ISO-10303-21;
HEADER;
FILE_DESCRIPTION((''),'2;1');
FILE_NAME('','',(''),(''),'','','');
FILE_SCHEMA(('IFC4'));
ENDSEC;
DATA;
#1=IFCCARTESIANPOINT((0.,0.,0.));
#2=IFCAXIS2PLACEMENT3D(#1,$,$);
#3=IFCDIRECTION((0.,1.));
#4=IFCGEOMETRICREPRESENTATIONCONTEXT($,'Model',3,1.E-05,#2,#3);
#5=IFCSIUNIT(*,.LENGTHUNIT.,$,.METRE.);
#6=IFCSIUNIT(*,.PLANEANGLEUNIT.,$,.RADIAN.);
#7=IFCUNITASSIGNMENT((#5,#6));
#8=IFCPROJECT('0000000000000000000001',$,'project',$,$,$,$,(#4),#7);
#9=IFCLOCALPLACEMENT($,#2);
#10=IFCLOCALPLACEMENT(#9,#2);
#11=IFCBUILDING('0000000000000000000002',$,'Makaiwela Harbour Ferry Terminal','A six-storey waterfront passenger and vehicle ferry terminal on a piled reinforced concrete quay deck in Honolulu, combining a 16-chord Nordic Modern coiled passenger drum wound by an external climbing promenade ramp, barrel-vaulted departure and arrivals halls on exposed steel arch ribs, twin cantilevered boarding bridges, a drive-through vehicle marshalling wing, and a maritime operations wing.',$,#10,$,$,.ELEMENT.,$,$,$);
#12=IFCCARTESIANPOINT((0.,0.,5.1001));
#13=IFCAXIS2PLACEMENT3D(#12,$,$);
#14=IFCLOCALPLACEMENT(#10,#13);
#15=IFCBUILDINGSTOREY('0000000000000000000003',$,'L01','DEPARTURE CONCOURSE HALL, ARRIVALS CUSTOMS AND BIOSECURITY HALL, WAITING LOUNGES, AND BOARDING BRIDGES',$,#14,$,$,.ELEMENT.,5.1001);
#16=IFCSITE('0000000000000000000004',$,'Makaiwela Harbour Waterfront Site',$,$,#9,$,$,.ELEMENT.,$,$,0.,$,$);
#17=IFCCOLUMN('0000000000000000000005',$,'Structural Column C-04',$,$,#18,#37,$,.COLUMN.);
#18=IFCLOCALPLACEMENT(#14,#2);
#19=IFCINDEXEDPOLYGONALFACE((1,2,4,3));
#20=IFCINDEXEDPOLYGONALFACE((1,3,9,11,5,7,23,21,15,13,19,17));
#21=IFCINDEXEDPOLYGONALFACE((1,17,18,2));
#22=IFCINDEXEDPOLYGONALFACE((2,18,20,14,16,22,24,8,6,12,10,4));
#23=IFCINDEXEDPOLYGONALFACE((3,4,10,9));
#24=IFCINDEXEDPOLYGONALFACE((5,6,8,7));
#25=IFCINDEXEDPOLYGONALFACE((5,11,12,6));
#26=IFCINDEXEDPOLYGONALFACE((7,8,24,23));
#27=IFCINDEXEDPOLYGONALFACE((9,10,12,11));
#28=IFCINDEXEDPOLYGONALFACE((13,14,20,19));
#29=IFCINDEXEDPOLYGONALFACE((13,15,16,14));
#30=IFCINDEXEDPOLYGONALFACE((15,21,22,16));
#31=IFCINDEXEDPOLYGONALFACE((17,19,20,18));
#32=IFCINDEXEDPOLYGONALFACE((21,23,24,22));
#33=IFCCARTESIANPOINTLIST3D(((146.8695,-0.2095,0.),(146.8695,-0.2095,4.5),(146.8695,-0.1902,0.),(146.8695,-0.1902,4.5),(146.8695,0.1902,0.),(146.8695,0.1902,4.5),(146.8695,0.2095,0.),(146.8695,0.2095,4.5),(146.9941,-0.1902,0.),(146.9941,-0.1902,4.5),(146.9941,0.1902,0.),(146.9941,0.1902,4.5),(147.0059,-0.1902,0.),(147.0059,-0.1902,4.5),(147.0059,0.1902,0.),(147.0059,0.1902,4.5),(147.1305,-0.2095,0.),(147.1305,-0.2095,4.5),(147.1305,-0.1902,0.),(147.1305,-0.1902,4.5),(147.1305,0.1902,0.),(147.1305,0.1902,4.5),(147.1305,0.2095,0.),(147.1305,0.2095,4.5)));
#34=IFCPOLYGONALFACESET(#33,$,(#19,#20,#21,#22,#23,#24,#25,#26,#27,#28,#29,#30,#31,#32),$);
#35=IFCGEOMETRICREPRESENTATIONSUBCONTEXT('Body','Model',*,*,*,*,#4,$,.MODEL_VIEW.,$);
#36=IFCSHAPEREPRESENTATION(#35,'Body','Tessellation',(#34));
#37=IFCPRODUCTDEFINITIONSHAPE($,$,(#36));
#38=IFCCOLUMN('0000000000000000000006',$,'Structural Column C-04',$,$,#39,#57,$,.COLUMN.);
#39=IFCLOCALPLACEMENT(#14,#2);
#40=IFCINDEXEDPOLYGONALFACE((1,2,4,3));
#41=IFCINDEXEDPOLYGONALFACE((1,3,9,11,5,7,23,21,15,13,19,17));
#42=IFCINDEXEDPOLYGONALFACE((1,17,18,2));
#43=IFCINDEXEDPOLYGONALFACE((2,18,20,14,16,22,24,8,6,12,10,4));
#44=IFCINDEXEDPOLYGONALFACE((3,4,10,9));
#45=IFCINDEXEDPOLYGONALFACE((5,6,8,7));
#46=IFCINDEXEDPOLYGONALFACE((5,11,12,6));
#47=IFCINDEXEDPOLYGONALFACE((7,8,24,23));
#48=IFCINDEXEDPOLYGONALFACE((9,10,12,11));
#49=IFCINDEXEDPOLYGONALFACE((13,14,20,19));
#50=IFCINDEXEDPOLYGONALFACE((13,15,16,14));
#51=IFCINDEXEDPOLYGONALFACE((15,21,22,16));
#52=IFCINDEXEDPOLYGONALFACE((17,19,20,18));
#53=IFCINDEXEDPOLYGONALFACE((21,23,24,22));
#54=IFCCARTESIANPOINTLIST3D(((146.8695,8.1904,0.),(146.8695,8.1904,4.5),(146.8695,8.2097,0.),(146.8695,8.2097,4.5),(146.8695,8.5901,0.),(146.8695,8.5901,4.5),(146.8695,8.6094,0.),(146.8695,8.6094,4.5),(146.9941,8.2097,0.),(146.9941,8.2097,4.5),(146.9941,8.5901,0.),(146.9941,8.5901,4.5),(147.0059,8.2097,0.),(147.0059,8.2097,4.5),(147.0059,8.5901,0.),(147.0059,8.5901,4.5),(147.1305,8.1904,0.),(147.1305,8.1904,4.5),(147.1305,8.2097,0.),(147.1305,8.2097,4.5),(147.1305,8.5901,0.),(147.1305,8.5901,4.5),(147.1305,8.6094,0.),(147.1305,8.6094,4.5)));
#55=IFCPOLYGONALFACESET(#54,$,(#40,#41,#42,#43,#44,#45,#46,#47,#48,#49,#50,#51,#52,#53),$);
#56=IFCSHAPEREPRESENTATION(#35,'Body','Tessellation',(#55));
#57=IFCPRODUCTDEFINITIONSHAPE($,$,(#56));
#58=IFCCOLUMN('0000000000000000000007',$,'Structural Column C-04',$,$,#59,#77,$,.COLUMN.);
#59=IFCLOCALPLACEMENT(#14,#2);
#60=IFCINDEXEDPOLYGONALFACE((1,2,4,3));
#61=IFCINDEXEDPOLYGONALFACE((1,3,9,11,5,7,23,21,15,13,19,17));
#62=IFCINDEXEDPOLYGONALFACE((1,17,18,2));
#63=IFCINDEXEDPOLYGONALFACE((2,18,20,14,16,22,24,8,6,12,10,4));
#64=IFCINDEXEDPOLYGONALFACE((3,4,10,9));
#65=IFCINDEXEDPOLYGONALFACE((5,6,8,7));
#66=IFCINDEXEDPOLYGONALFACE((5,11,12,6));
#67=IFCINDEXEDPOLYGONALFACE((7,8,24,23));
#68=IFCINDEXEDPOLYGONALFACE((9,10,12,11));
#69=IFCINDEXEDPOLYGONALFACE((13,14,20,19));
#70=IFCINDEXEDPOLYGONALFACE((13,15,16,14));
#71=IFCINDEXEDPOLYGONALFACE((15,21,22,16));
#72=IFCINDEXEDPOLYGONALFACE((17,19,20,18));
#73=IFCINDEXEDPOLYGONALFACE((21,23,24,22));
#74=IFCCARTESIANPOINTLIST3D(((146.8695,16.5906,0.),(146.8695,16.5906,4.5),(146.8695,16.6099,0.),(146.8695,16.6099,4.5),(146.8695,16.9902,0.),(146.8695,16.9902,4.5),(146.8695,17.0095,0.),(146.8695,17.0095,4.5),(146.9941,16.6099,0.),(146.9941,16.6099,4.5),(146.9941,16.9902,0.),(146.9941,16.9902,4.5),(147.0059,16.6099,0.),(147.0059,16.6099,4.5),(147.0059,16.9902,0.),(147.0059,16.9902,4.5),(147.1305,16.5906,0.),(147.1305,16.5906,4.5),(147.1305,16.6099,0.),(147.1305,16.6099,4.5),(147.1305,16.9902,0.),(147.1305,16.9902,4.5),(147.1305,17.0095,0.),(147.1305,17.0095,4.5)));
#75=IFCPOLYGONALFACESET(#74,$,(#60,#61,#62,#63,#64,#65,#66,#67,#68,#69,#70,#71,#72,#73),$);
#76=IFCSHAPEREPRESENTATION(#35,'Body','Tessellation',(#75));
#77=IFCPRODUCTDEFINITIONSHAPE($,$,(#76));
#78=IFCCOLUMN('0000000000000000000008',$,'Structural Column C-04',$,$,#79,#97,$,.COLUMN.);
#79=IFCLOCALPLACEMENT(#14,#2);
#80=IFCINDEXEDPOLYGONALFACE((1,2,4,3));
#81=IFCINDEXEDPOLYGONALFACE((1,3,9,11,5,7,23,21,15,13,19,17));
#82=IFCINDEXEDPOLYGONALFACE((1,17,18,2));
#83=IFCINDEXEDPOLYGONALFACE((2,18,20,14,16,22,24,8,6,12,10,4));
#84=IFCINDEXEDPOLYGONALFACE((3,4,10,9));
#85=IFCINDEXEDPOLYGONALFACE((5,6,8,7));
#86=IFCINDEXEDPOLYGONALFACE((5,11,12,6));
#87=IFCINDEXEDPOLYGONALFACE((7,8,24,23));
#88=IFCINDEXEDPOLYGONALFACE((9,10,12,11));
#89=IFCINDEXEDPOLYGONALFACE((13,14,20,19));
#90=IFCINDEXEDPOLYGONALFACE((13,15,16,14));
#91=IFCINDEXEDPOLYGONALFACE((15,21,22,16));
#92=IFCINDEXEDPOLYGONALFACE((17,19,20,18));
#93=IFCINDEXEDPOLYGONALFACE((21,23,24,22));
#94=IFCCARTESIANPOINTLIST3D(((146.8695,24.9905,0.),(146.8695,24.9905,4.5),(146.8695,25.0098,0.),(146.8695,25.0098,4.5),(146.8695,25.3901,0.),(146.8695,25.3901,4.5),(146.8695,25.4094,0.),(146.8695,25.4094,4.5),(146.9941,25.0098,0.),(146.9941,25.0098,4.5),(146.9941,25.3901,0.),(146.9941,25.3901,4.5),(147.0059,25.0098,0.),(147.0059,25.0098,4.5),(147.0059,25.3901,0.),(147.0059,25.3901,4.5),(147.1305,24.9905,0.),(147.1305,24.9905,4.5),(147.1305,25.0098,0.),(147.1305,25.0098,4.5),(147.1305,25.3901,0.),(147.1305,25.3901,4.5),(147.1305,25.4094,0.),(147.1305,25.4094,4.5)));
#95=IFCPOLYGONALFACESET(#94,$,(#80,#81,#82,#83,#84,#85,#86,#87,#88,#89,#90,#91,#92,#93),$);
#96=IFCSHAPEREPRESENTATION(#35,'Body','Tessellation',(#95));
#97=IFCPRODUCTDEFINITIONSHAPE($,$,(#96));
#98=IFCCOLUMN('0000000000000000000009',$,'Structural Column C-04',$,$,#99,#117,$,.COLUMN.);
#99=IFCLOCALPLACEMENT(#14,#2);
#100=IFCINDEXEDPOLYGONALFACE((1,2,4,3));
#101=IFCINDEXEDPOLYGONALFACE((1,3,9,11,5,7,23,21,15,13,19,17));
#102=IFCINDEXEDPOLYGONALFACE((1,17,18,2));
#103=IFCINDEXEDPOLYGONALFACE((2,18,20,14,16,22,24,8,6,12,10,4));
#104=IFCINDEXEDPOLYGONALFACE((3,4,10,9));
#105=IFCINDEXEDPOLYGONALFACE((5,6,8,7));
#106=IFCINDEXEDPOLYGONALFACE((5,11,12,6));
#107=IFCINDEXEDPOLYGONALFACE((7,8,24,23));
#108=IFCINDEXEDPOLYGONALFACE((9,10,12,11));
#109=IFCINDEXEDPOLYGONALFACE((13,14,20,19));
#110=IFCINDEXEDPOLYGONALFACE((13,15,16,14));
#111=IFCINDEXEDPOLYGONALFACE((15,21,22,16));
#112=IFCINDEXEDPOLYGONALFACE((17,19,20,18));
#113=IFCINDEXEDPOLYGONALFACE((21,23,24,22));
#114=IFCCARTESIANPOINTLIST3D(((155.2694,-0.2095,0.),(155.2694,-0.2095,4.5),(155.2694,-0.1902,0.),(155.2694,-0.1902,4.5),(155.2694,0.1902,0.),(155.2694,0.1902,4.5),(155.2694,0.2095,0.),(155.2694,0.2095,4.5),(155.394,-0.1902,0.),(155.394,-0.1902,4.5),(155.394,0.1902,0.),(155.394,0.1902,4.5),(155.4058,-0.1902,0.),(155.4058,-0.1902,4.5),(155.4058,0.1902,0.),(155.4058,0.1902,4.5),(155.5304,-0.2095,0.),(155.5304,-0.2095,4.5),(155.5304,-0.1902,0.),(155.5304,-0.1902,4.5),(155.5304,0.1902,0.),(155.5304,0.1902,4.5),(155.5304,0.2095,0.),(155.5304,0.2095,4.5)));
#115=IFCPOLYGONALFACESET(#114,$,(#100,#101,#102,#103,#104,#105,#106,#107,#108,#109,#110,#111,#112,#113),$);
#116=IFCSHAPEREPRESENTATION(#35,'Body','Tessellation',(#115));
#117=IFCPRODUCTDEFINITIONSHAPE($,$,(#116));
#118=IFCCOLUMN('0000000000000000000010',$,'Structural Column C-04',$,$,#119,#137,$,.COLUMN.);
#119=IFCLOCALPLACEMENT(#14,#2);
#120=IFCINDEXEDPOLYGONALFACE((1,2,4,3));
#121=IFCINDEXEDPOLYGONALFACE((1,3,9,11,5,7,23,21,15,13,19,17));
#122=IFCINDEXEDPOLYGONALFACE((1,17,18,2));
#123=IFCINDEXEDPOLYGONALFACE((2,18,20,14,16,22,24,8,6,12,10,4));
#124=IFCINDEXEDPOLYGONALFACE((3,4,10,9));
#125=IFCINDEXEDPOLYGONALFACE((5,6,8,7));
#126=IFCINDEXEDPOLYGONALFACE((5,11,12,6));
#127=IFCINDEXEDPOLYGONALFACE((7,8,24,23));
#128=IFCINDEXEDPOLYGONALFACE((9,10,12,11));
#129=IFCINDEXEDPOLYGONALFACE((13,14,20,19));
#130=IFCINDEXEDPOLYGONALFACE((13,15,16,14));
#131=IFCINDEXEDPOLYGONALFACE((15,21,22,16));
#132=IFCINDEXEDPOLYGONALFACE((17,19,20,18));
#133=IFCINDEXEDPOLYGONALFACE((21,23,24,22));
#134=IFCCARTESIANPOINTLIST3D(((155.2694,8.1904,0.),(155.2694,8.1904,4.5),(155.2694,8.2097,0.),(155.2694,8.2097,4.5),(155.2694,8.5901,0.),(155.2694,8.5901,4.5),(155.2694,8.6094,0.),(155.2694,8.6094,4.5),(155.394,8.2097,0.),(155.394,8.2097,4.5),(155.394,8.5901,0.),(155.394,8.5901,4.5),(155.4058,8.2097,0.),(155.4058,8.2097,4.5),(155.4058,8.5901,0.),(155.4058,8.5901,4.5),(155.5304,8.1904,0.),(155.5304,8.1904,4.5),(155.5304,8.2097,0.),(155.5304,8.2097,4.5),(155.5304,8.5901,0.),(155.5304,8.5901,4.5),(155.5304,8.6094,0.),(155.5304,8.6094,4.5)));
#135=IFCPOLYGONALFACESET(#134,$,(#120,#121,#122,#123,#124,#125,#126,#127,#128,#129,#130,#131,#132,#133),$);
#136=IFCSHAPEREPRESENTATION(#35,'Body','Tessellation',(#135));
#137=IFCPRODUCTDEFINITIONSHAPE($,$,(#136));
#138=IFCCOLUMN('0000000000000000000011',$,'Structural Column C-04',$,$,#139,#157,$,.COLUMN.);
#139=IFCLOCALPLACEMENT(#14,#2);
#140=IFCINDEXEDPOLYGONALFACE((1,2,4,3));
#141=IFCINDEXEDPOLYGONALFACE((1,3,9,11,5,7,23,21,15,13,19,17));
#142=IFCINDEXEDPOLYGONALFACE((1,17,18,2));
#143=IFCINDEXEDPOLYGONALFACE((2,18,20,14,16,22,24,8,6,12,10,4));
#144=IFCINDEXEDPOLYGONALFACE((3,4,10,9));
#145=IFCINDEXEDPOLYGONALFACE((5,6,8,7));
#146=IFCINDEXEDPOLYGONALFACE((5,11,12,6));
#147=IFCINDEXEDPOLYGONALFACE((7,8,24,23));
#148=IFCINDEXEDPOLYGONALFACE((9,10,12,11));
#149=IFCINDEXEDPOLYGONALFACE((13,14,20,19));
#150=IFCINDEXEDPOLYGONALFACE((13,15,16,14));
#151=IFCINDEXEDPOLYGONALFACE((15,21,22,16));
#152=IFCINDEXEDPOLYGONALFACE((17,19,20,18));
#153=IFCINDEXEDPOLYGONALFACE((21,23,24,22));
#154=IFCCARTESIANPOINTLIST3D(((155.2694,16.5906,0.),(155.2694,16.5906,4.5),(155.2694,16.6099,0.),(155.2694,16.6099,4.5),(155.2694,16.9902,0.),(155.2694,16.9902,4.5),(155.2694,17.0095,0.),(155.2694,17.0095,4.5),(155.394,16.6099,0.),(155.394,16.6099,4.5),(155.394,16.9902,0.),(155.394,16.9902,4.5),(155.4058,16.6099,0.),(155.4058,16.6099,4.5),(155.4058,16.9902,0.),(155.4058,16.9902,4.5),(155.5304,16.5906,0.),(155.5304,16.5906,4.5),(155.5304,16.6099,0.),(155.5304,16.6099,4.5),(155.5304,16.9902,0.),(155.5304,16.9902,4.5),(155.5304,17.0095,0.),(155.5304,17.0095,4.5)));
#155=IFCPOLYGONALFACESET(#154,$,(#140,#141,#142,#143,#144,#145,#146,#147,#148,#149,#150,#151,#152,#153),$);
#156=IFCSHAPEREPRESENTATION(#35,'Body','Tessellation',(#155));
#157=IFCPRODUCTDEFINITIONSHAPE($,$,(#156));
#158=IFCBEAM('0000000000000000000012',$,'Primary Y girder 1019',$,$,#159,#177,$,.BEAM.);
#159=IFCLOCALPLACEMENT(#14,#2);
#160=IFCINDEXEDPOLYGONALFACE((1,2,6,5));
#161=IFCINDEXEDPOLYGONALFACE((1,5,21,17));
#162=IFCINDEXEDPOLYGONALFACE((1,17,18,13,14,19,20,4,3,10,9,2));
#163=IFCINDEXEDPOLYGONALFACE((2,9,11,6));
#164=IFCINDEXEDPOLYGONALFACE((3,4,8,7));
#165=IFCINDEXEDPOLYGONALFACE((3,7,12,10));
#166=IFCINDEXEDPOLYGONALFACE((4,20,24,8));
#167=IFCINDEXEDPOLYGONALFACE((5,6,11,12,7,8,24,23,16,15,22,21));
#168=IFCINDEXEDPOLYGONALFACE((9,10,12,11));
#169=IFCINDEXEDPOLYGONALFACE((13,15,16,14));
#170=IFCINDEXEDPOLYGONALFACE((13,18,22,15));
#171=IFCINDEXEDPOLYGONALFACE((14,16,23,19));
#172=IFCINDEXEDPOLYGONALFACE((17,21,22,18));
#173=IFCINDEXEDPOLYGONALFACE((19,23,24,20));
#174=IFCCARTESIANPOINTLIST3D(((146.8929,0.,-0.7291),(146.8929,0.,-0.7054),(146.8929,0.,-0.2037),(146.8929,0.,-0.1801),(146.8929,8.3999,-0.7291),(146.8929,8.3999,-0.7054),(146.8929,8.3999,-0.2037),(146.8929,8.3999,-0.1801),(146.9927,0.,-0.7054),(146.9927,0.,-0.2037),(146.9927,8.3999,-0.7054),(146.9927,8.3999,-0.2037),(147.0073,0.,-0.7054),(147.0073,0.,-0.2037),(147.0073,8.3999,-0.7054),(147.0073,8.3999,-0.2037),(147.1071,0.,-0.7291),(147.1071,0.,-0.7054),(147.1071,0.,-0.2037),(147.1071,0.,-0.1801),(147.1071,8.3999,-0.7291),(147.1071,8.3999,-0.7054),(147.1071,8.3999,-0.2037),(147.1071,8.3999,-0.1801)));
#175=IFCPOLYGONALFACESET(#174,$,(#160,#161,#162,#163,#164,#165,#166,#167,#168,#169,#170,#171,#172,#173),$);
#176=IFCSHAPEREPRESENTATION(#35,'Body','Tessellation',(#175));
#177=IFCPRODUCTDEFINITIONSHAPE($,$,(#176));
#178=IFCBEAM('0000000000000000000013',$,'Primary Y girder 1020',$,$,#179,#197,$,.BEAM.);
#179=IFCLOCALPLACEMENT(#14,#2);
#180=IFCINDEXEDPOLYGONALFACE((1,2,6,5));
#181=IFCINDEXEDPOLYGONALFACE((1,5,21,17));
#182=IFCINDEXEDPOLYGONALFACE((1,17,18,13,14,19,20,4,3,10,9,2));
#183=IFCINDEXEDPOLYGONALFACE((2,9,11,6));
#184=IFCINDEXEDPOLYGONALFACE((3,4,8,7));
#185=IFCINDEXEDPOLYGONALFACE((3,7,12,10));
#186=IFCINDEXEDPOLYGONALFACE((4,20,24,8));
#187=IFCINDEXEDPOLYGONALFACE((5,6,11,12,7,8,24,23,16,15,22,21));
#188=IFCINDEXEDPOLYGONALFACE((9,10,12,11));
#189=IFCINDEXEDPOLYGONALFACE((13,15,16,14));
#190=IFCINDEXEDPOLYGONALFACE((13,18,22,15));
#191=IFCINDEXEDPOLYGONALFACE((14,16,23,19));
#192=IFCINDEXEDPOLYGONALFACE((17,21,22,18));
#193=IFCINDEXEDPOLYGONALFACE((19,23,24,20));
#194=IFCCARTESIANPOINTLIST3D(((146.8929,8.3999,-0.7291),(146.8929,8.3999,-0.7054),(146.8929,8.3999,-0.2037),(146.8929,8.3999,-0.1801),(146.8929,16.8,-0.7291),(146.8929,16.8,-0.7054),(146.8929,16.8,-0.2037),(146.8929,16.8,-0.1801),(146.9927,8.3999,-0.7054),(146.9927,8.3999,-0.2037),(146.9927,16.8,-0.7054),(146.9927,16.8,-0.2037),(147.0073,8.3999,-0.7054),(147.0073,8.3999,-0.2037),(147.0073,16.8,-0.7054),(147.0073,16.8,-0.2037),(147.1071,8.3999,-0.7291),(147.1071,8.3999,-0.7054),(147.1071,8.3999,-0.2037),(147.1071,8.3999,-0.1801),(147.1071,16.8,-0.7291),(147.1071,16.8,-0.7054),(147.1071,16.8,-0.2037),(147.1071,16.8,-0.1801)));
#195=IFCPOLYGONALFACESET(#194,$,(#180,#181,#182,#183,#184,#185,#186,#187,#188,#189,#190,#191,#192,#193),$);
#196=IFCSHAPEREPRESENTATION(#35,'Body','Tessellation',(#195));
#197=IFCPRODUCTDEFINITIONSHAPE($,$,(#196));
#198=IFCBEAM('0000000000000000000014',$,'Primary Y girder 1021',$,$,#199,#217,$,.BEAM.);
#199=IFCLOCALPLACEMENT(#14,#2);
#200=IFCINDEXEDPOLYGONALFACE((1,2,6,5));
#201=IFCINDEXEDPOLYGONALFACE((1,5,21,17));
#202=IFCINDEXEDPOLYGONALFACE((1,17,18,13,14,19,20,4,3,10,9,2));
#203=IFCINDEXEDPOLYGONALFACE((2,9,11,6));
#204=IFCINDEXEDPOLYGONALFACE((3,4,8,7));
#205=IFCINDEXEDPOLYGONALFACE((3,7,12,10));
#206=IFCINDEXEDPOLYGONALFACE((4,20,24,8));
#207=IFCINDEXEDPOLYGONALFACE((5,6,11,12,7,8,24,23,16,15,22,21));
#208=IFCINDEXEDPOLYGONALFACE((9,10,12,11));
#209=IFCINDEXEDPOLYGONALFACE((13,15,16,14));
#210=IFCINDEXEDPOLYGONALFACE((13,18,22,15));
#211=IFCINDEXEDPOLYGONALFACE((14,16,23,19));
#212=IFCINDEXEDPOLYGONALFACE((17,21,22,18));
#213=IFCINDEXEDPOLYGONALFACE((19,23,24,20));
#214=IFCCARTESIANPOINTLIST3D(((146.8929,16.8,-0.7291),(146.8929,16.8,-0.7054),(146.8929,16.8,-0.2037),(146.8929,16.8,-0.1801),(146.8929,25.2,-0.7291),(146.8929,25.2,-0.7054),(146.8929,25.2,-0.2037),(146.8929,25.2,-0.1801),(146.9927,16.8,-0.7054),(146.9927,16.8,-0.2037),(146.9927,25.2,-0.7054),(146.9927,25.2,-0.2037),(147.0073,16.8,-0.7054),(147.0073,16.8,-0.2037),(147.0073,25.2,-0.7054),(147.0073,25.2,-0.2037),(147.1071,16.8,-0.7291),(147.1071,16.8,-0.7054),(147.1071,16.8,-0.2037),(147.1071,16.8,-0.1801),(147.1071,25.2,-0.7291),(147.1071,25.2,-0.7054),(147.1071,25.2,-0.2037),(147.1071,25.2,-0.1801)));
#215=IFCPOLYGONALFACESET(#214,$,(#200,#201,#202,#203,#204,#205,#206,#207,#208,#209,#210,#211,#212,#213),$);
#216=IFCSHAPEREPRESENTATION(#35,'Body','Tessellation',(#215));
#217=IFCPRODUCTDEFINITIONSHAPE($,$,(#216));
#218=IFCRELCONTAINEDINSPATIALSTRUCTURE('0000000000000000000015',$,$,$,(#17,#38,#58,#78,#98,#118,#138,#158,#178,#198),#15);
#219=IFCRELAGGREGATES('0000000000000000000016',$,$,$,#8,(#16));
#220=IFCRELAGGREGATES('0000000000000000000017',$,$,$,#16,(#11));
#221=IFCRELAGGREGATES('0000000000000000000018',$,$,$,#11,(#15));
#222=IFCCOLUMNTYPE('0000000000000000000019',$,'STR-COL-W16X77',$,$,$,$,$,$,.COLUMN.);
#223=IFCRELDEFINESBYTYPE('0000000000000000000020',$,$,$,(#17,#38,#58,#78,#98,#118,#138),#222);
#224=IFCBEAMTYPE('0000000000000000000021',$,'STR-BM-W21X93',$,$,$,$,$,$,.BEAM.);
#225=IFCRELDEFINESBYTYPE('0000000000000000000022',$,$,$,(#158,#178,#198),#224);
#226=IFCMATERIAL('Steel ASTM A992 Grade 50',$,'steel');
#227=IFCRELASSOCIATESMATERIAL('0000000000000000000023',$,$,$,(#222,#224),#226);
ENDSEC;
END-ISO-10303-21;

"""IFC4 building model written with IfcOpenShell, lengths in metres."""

from ifc_helpers import new_model, si_unit, direction, frame, origin, origin_2d, place, context, subcontext, project, spatial, i_section, extrude, material, material_profile, profile_set, type_object, element, save


model = new_model("IFC4")

# Units and contexts
model_context = context("Model", 3, precision=1e-05, world=origin(), true_north=direction((0.0, 1.0)))
body_context = subcontext(model_context, "Body", "Model", "MODEL_VIEW")
ifc_project = project(units=[si_unit("LENGTHUNIT", "METRE"), si_unit("PLANEANGLEUNIT", "RADIAN")], contexts=[model_context])

# Site, building, storey
site_placement = place(None, origin())
site = spatial("IfcSite", under=ifc_project, at=site_placement, Name="Makaiwela Harbour Waterfront Site", CompositionType="ELEMENT", RefElevation=0.0)
building_placement = place(site_placement, origin())
building = spatial("IfcBuilding", under=site, at=building_placement, Name="Makaiwela Harbour Ferry Terminal", Description="A six-storey waterfront passenger and vehicle ferry terminal on a piled reinforced concrete quay deck in Honolulu, combining a 16-chord Nordic Modern coiled passenger drum wound by an external climbing promenade ramp, barrel-vaulted departure and arrivals halls on exposed steel arch ribs, twin cantilevered boarding bridges, a drive-through vehicle marshalling wing, and a maritime operations wing.", CompositionType="ELEMENT")
storey_placement = place(building_placement, frame((0.0, 0.0, 5.1001)))
storey = spatial("IfcBuildingStorey", under=building, at=storey_placement, Name="L01", Description="DEPARTURE CONCOURSE HALL, ARRIVALS CUSTOMS AND BIOSECURITY HALL, WAITING LOUNGES, AND BOARDING BRIDGES", CompositionType="ELEMENT", Elevation=5.1001)

# Columns
ifc_material_1 = material(Name="Steel ASTM A992 Grade 50", Category="steel")
ifc_material_profile_1 = material_profile(ifc_material_1, i_section(OverallWidth=0.261, OverallDepth=0.4189, WebThickness=0.0117, FlangeThickness=0.0193, at=origin_2d()), Name="W16X77")
ifc_profile_set_1 = profile_set([ifc_material_profile_1], Name="Steel ASTM A992 Grade 50")
column_type = type_object("IfcColumnType", Name="STR-COL-W16X77", PredefinedType="COLUMN", material=ifc_profile_set_1)
for number, where, z_axis, x_axis, name in (
    (1, (147.0, 0.0, 0.0), (0.0, 0.0, 1.0), (1.0, 0.0, 0.0), "Structural Column C-04"),
    (2, (147.0, 8.3999, 0.0), (0.0, 0.0, 1.0), (1.0, 0.0, 0.0), "Structural Column C-04"),
    (3, (147.0, 16.8, 0.0), (0.0, 0.0, 1.0), (1.0, 0.0, 0.0), "Structural Column C-04"),
    (4, (147.0, 25.2, 0.0), (0.0, 0.0, 1.0), (1.0, 0.0, 0.0), "Structural Column C-04"),
    (5, (155.3999, 0.0, 0.0), (0.0, 0.0, 1.0), (1.0, 0.0, 0.0), "Structural Column C-04"),
    (6, (155.3999, 8.3999, 0.0), (0.0, 0.0, 1.0), (1.0, 0.0, 0.0), "Structural Column C-04"),
    (7, (155.3999, 16.8, 0.0), (0.0, 0.0, 1.0), (1.0, 0.0, 0.0), "Structural Column C-04"),
):
    element("IfcColumn", number, at=place(storey_placement, frame(where, z_axis=z_axis, x_axis=x_axis)), inside=storey, type_object=column_type, Name=name, PredefinedType="COLUMN", context=body_context, shape_type="SweptSolid", body=[
        extrude(i_section(OverallWidth=0.261, OverallDepth=0.4189, WebThickness=0.0117, FlangeThickness=0.0193, at=origin_2d()), origin(), (0.0, 0.0, 1.0), 4.5),
    ])

# Beams
ifc_material_profile_2 = material_profile(ifc_material_1, i_section(OverallWidth=0.2141, OverallDepth=0.5491, WebThickness=0.0146, FlangeThickness=0.0237, at=origin_2d()), Name="W21X93")
ifc_profile_set_2 = profile_set([ifc_material_profile_2], Name="Steel ASTM A992 Grade 50")
beam_type_1 = type_object("IfcBeamType", Name="STR-BM-W21X93", PredefinedType="BEAM", material=ifc_profile_set_2)
beam_1_placement = place(storey_placement, frame((147.0, 0.0, -0.4546), z_axis=(0.0, 1.0, 0.0), x_axis=(-1.0, 0.0, 0.0)))
element("IfcBeam", 8, at=beam_1_placement, inside=storey, type_object=beam_type_1, Name="Primary Y girder 1019", PredefinedType="BEAM", context=body_context, shape_type="SweptSolid", body=[
    extrude(i_section(OverallWidth=0.2141, OverallDepth=0.5491, WebThickness=0.0146, FlangeThickness=0.0237, at=origin_2d()), origin(), (0.0, 0.0, 1.0), 8.3999),
])
beam_2_placement = place(storey_placement, frame((147.0, 8.3999, -0.4546), z_axis=(0.0, 1.0, 0.0), x_axis=(-1.0, 0.0, 0.0)))
element("IfcBeam", 9, at=beam_2_placement, inside=storey, type_object=beam_type_1, Name="Primary Y girder 1020", PredefinedType="BEAM", context=body_context, shape_type="SweptSolid", body=[
    extrude(i_section(OverallWidth=0.2141, OverallDepth=0.5491, WebThickness=0.0146, FlangeThickness=0.0237, at=origin_2d()), origin(), (0.0, 0.0, 1.0), 8.4001),
])
for number, where, z_axis, x_axis, name in (
    (10, (147.0, 16.8, -0.4546), (0.0, 1.0, 0.0), (-1.0, 0.0, 0.0), "Primary Y girder 1021"),
):
    element("IfcBeam", number, at=place(storey_placement, frame(where, z_axis=z_axis, x_axis=x_axis)), inside=storey, type_object=beam_type_1, Name=name, PredefinedType="BEAM", context=body_context, shape_type="SweptSolid", body=[
        extrude(i_section(OverallWidth=0.2141, OverallDepth=0.5491, WebThickness=0.0146, FlangeThickness=0.0237, at=origin_2d()), origin(), (0.0, 0.0, 1.0), 8.3999),
    ])

save(model, "model.ifc")
